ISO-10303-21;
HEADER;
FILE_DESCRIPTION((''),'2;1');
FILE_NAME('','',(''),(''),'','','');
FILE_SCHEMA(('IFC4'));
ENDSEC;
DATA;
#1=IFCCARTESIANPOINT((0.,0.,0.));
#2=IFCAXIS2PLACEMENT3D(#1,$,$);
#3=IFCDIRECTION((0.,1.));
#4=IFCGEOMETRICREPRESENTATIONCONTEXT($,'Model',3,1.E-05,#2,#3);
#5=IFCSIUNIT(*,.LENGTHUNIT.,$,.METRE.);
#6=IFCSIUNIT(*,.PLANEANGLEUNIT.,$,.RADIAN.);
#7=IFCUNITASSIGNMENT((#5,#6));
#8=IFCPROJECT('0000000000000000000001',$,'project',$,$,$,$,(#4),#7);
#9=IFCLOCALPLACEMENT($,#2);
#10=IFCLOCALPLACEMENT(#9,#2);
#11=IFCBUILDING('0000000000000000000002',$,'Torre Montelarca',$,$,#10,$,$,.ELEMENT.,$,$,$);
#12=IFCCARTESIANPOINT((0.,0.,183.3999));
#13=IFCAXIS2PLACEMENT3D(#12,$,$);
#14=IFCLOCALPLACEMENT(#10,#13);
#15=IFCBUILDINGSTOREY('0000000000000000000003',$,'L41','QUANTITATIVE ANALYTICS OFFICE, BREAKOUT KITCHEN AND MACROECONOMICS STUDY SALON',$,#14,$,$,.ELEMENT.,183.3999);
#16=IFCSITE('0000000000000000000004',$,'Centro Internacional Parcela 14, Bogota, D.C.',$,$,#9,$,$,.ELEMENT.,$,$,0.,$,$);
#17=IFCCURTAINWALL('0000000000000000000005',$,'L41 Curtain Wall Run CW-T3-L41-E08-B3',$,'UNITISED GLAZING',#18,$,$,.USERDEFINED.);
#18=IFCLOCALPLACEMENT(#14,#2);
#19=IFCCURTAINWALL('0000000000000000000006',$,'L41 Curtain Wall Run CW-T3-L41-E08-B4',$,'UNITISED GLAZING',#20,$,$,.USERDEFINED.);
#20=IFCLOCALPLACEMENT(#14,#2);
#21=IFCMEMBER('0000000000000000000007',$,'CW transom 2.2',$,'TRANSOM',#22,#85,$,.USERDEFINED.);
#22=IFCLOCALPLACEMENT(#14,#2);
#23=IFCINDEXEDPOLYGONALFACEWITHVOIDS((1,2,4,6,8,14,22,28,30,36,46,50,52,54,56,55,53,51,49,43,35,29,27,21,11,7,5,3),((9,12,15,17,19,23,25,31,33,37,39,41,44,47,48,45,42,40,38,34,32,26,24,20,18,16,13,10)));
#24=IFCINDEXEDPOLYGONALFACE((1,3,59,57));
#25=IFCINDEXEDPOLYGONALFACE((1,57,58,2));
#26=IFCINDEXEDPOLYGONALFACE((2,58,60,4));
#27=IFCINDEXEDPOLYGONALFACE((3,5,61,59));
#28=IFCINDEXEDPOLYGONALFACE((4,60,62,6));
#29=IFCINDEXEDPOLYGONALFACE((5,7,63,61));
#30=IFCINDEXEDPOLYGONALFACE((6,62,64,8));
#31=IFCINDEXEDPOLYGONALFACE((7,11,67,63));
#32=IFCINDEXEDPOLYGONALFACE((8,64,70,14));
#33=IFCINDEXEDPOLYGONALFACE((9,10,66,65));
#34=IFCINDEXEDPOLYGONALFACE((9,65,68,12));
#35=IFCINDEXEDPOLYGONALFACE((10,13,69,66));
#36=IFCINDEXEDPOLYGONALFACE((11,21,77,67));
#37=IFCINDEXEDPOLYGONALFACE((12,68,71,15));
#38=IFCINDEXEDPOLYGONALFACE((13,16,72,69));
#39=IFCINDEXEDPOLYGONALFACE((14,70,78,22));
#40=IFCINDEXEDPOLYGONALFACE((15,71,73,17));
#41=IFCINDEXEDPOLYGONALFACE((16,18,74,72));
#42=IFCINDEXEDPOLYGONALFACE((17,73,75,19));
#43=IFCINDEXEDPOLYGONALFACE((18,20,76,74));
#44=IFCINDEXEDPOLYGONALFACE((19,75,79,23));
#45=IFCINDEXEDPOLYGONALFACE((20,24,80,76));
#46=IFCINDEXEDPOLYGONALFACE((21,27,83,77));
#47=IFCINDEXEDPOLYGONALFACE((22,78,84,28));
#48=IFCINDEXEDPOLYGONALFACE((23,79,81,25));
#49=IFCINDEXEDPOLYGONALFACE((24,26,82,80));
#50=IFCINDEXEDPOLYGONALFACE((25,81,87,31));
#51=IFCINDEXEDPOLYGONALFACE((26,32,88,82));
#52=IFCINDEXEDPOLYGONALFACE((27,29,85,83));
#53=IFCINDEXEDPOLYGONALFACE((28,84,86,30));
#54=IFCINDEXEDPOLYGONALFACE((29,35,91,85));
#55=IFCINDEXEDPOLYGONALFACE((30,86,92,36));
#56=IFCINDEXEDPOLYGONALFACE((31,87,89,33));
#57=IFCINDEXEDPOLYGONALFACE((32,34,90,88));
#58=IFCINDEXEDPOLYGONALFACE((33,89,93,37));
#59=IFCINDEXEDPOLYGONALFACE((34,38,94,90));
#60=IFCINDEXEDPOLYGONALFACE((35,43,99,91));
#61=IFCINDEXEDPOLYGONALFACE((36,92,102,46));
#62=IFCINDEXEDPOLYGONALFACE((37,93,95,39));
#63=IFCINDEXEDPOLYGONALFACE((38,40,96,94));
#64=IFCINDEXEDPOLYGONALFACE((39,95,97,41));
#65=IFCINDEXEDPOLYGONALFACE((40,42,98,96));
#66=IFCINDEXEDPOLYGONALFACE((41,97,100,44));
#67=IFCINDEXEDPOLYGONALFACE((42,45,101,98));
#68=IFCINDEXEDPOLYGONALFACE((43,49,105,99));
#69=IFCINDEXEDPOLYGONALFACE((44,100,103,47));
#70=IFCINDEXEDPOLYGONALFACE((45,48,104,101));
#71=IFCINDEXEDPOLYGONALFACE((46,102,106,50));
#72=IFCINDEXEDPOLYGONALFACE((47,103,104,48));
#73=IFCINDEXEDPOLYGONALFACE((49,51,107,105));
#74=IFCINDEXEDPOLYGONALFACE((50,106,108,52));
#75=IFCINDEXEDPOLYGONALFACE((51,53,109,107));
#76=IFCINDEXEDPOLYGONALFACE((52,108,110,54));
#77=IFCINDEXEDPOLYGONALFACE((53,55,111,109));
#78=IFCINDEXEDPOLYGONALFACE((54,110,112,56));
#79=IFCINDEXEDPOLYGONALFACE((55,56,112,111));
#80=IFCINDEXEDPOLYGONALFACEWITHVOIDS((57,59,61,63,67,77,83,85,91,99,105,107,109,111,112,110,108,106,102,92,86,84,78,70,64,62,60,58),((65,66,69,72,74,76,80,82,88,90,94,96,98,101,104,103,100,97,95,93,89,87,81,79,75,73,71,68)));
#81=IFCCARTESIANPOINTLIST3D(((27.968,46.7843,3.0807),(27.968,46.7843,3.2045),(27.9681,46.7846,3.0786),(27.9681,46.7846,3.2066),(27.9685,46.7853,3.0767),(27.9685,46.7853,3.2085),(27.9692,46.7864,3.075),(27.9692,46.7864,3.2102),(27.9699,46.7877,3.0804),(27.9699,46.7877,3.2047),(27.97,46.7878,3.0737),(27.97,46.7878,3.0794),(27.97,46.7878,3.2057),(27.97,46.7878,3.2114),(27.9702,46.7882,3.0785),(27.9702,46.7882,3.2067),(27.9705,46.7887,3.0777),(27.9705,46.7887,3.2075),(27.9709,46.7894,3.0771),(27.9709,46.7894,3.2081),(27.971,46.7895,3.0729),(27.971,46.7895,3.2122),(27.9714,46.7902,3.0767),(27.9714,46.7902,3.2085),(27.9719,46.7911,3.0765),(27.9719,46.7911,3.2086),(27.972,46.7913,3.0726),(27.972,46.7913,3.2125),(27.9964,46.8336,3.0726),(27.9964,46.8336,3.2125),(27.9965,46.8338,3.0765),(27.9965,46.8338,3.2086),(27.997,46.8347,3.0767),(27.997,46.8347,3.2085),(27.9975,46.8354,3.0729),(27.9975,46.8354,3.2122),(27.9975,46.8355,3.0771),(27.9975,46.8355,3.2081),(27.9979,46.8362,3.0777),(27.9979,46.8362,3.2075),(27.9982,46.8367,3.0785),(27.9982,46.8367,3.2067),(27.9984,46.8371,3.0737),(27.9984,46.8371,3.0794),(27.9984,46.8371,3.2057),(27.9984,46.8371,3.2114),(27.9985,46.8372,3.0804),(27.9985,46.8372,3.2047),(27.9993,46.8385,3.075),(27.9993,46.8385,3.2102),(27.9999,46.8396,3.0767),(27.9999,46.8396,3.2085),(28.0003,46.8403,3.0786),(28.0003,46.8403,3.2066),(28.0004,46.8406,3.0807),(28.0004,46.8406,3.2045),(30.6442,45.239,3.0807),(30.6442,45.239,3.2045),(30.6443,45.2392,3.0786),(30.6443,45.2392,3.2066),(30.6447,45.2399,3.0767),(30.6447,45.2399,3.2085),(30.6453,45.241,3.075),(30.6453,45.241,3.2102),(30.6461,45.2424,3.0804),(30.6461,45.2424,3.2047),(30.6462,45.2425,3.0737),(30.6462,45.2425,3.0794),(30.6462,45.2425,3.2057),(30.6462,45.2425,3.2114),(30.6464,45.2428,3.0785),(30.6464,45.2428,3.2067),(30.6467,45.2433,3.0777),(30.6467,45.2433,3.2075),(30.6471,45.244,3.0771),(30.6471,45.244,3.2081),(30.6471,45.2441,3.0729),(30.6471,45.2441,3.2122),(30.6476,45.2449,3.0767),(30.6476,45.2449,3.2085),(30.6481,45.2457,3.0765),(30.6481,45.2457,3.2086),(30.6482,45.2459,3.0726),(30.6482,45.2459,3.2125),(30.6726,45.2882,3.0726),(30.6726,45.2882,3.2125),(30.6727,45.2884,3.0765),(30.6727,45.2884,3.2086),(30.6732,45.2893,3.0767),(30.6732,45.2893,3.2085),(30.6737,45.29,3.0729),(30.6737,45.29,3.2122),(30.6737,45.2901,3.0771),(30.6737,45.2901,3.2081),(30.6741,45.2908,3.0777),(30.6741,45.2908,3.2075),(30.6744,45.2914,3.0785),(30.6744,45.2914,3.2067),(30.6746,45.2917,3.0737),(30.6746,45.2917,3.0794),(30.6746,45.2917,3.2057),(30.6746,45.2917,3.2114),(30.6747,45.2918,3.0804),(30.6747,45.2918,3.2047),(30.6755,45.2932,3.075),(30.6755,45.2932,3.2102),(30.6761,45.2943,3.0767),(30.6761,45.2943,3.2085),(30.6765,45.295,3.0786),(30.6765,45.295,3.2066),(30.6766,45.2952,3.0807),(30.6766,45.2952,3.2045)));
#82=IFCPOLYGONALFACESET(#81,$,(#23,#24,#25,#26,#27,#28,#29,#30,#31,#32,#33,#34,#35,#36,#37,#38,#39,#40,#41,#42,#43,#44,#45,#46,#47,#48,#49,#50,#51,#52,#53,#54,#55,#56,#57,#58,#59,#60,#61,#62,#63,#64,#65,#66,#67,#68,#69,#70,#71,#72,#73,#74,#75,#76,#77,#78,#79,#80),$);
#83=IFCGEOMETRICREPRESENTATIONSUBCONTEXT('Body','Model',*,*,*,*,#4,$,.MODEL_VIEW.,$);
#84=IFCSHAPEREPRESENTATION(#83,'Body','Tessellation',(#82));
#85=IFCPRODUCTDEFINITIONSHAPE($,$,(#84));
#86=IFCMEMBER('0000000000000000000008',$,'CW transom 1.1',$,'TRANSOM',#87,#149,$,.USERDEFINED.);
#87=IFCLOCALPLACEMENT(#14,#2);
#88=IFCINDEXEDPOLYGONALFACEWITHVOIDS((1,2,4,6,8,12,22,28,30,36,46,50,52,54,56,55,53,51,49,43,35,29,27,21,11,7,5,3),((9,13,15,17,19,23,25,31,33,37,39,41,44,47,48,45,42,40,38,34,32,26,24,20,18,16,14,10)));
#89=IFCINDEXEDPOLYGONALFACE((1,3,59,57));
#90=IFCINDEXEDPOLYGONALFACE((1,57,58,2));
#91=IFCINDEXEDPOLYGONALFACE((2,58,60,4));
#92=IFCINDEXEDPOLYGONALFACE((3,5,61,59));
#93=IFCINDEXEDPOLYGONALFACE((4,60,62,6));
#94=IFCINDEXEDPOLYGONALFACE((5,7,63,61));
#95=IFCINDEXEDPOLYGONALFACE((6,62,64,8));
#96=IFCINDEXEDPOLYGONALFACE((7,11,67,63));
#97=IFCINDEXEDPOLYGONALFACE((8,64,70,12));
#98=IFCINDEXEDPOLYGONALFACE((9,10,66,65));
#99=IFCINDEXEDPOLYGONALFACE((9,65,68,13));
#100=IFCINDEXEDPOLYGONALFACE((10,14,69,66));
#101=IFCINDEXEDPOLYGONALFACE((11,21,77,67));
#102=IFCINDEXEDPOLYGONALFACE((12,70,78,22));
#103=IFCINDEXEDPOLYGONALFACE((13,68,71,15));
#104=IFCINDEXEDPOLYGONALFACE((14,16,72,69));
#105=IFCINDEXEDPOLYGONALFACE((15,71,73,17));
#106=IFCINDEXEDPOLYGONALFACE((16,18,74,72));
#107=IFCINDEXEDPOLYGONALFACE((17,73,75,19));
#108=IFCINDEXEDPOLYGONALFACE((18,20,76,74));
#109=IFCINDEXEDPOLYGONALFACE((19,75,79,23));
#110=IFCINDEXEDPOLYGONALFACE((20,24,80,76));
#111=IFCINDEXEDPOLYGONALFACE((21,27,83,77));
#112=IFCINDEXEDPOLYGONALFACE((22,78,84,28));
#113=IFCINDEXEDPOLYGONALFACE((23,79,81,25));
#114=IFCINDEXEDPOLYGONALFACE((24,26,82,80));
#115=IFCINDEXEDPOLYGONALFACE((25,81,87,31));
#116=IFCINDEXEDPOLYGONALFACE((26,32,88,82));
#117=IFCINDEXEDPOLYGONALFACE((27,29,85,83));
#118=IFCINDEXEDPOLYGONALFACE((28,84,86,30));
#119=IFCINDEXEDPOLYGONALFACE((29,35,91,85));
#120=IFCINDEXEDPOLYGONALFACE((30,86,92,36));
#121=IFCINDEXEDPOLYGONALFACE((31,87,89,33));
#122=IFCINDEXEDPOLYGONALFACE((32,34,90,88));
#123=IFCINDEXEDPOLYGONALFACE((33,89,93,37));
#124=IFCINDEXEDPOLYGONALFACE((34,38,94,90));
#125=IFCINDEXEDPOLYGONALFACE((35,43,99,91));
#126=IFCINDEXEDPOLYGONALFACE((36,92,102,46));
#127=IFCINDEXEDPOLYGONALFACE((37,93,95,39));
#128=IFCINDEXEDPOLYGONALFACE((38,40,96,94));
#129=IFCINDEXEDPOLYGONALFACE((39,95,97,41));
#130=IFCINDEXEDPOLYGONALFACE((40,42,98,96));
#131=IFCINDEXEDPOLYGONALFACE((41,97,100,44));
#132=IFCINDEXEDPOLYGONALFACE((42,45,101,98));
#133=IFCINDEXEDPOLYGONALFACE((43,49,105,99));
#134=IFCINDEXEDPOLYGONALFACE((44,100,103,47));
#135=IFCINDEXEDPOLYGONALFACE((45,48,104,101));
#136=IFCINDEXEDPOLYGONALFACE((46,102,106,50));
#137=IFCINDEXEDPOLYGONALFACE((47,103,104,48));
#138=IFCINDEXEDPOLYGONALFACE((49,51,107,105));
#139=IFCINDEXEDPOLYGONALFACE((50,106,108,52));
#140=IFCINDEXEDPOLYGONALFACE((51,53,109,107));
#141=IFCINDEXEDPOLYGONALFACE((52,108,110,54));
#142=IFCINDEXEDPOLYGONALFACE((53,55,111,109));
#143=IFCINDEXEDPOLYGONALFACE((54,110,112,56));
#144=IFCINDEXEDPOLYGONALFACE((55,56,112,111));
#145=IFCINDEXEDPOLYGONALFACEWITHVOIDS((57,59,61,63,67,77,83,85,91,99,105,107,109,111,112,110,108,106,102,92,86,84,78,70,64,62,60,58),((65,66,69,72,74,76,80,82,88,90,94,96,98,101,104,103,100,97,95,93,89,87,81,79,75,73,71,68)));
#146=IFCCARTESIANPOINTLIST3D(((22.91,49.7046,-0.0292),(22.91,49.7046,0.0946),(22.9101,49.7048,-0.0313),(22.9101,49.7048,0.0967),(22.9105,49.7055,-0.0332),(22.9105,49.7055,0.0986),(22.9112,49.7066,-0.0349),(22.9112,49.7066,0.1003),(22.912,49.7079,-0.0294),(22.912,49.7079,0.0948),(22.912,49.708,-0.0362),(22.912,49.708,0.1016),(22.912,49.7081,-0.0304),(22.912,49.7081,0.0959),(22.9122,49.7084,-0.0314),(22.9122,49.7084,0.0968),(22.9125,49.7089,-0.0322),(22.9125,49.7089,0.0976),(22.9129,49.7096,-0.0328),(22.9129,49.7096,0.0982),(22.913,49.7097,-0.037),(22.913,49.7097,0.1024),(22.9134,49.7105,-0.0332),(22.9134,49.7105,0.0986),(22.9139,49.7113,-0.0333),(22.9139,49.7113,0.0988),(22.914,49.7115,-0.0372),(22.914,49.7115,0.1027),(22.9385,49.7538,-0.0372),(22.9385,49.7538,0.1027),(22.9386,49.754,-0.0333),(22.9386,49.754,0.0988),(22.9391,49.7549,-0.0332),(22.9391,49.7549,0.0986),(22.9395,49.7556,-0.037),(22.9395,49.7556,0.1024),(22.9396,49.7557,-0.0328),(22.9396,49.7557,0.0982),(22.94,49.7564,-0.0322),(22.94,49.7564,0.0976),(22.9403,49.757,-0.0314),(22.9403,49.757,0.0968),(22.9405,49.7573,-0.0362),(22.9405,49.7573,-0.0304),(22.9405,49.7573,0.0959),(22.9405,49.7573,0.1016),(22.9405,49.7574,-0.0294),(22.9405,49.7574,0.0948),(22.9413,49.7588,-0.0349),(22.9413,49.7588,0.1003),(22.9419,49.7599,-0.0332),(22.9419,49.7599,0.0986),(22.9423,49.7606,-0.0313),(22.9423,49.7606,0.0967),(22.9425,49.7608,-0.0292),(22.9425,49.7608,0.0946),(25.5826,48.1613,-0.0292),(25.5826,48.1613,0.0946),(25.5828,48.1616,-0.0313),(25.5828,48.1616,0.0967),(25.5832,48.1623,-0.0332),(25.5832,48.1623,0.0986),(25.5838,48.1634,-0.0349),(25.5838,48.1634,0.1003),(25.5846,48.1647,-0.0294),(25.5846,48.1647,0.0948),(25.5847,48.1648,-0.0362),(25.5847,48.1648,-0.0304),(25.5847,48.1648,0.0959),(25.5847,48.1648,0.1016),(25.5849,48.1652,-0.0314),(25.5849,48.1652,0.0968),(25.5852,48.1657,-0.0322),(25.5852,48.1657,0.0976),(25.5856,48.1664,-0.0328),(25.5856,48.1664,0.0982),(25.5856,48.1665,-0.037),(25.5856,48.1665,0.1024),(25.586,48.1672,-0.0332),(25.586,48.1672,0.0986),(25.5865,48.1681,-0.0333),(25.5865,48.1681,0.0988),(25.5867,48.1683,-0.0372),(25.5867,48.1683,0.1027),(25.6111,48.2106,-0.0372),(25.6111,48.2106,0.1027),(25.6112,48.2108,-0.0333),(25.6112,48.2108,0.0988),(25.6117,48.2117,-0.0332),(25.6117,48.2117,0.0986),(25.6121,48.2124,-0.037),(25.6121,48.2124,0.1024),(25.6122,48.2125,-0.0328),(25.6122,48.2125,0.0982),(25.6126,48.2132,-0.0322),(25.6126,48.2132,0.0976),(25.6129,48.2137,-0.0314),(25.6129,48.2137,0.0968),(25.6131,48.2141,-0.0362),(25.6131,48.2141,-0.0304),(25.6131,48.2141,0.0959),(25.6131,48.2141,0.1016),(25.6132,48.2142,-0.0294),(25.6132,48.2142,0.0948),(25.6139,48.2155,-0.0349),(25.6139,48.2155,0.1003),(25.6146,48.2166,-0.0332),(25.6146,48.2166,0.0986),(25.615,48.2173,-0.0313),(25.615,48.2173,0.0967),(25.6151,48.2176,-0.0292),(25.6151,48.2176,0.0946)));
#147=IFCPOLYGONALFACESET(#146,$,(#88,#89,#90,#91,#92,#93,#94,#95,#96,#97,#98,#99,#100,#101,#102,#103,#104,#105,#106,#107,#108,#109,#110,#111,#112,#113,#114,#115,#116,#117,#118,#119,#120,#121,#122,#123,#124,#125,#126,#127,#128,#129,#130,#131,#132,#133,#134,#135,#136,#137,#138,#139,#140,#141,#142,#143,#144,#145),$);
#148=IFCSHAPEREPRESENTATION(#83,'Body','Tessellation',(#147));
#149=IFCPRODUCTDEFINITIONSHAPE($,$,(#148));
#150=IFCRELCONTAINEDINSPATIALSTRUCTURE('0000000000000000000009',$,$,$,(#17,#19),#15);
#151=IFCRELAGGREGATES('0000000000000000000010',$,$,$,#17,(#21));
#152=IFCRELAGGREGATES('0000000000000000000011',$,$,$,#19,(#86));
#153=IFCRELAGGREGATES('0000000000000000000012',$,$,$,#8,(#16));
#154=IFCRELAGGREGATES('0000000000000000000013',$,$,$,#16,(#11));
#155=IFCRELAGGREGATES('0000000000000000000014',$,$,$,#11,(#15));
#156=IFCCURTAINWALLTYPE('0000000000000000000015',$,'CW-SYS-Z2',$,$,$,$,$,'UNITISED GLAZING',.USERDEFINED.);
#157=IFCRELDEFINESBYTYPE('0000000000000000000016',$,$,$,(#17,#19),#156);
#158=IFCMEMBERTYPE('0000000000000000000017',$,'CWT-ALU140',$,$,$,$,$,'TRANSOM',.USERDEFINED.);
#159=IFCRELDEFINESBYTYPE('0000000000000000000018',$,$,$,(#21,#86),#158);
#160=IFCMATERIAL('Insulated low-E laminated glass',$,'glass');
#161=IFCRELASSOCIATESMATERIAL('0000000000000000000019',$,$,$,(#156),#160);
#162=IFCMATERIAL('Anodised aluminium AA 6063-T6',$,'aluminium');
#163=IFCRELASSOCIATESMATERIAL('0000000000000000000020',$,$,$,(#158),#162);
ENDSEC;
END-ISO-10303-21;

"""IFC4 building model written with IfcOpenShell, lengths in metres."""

from ifc_helpers import new_model, si_unit, direction, frame, origin, origin_2d, place, context, subcontext, project, spatial, hollow_rectangle, extrude, source, transform, mapped, material, material_profile, profile_set, type_object, element, aggregate, save


model = new_model("IFC4")

# Units and contexts
model_context = context("Model", 3, precision=1e-05, world=origin(), true_north=direction((0.0, 1.0)))
body_context = subcontext(model_context, "Body", "Model", "MODEL_VIEW")
ifc_project = project(units=[si_unit("LENGTHUNIT", "METRE"), si_unit("PLANEANGLEUNIT", "RADIAN")], contexts=[model_context])

# Site, building, storey
site_placement = place(None, origin())
site = spatial("IfcSite", under=ifc_project, at=site_placement, Name="Centro Internacional Parcela 14, Bogota, D.C.", CompositionType="ELEMENT", RefElevation=0.0)
building_placement = place(site_placement, origin())
building = spatial("IfcBuilding", under=site, at=building_placement, Name="Torre Montelarca", CompositionType="ELEMENT")
storey_placement = place(building_placement, frame((0.0, 0.0, 183.3999)))
storey = spatial("IfcBuildingStorey", under=building, at=storey_placement, Name="L41", Description="QUANTITATIVE ANALYTICS OFFICE, BREAKOUT KITCHEN AND MACROECONOMICS STUDY SALON", CompositionType="ELEMENT", Elevation=183.3999)

# Shared definitions
ifc_material_1 = material(Name="Insulated low-E laminated glass", Category="glass")
curtain_wall_type = type_object("IfcCurtainWallType", Name="CW-SYS-Z2", ElementType="UNITISED GLAZING", PredefinedType="USERDEFINED", material=ifc_material_1)
ifc_material_2 = material(Name="Anodised aluminium AA 6063-T6", Category="aluminium")

# Curtain wall
curtain_wall_1_placement = place(storey_placement, origin())
curtain_wall_1 = element("IfcCurtainWall", 1, at=curtain_wall_1_placement, inside=storey, type_object=curtain_wall_type, Name="L41 Curtain Wall Run CW-T3-L41-E08-B3", ObjectType="UNITISED GLAZING", PredefinedType="USERDEFINED")

# Curtain wall
curtain_wall_2_placement = place(storey_placement, origin())
curtain_wall_2 = element("IfcCurtainWall", 2, at=curtain_wall_2_placement, inside=storey, type_object=curtain_wall_type, Name="L41 Curtain Wall Run CW-T3-L41-E08-B4", ObjectType="UNITISED GLAZING", PredefinedType="USERDEFINED")

# Members
ifc_material_profile_1 = material_profile(ifc_material_2, hollow_rectangle(XDim=0.0649, YDim=0.1399, WallThickness=0.0039, InnerFilletRadius=0.0039, OuterFilletRadius=0.0081, at=origin_2d()), Name="ALU65X140X4", Category="aluminium")
ifc_profile_set_1 = profile_set([ifc_material_profile_1], Name="Anodised aluminium AA 6063-T6")
member_type_1 = type_object("IfcMemberType", Name="CWT-ALU140", ElementType="TRANSOM", PredefinedType="USERDEFINED", material=ifc_profile_set_1)
shared_shape_1 = source(origin(), body_context, "Body", "SweptSolid", [
    extrude(hollow_rectangle(XDim=0.0649, YDim=0.1399, WallThickness=0.0039, InnerFilletRadius=0.0039, OuterFilletRadius=0.0081, at=origin_2d()), origin(), (0.0, 0.0, 1.0), 3.0903),
])
member_1_placement = place(storey_placement, frame((30.6604, 45.2671, 3.1426), z_axis=(-0.865988, 0.500064, 0.0), x_axis=(-0.500064, -0.865988, 0.0)))
member_1 = element("IfcMember", 3, at=member_1_placement, type_object=member_type_1, Name="CW transom 2.2", ObjectType="TRANSOM", PredefinedType="USERDEFINED", context=body_context, shape_type="MappedRepresentation", body=[
    mapped(shared_shape_1, transform((0.0, 0.0, 0.0), scale=1.0)),
])
shared_shape_2 = source(origin(), body_context, "Body", "SweptSolid", [
    extrude(hollow_rectangle(XDim=0.0649, YDim=0.1399, WallThickness=0.0039, InnerFilletRadius=0.0039, OuterFilletRadius=0.0081, at=origin_2d()), origin(), (0.0, 0.0, 1.0), 3.0862),
])
member_2_placement = place(storey_placement, frame((25.5989, 48.1895, 0.0327), z_axis=(-0.866, 0.500044, 0.0), x_axis=(-0.500044, -0.866, 0.0)))
member_2 = element("IfcMember", 4, at=member_2_placement, type_object=member_type_1, Name="CW transom 1.1", ObjectType="TRANSOM", PredefinedType="USERDEFINED", context=body_context, shape_type="MappedRepresentation", body=[
    mapped(shared_shape_2, transform((0.0, 0.0, 0.0), scale=1.0)),
])

aggregate(curtain_wall_1, [member_1])
aggregate(curtain_wall_2, [member_2])

save(model, "model.ifc")
